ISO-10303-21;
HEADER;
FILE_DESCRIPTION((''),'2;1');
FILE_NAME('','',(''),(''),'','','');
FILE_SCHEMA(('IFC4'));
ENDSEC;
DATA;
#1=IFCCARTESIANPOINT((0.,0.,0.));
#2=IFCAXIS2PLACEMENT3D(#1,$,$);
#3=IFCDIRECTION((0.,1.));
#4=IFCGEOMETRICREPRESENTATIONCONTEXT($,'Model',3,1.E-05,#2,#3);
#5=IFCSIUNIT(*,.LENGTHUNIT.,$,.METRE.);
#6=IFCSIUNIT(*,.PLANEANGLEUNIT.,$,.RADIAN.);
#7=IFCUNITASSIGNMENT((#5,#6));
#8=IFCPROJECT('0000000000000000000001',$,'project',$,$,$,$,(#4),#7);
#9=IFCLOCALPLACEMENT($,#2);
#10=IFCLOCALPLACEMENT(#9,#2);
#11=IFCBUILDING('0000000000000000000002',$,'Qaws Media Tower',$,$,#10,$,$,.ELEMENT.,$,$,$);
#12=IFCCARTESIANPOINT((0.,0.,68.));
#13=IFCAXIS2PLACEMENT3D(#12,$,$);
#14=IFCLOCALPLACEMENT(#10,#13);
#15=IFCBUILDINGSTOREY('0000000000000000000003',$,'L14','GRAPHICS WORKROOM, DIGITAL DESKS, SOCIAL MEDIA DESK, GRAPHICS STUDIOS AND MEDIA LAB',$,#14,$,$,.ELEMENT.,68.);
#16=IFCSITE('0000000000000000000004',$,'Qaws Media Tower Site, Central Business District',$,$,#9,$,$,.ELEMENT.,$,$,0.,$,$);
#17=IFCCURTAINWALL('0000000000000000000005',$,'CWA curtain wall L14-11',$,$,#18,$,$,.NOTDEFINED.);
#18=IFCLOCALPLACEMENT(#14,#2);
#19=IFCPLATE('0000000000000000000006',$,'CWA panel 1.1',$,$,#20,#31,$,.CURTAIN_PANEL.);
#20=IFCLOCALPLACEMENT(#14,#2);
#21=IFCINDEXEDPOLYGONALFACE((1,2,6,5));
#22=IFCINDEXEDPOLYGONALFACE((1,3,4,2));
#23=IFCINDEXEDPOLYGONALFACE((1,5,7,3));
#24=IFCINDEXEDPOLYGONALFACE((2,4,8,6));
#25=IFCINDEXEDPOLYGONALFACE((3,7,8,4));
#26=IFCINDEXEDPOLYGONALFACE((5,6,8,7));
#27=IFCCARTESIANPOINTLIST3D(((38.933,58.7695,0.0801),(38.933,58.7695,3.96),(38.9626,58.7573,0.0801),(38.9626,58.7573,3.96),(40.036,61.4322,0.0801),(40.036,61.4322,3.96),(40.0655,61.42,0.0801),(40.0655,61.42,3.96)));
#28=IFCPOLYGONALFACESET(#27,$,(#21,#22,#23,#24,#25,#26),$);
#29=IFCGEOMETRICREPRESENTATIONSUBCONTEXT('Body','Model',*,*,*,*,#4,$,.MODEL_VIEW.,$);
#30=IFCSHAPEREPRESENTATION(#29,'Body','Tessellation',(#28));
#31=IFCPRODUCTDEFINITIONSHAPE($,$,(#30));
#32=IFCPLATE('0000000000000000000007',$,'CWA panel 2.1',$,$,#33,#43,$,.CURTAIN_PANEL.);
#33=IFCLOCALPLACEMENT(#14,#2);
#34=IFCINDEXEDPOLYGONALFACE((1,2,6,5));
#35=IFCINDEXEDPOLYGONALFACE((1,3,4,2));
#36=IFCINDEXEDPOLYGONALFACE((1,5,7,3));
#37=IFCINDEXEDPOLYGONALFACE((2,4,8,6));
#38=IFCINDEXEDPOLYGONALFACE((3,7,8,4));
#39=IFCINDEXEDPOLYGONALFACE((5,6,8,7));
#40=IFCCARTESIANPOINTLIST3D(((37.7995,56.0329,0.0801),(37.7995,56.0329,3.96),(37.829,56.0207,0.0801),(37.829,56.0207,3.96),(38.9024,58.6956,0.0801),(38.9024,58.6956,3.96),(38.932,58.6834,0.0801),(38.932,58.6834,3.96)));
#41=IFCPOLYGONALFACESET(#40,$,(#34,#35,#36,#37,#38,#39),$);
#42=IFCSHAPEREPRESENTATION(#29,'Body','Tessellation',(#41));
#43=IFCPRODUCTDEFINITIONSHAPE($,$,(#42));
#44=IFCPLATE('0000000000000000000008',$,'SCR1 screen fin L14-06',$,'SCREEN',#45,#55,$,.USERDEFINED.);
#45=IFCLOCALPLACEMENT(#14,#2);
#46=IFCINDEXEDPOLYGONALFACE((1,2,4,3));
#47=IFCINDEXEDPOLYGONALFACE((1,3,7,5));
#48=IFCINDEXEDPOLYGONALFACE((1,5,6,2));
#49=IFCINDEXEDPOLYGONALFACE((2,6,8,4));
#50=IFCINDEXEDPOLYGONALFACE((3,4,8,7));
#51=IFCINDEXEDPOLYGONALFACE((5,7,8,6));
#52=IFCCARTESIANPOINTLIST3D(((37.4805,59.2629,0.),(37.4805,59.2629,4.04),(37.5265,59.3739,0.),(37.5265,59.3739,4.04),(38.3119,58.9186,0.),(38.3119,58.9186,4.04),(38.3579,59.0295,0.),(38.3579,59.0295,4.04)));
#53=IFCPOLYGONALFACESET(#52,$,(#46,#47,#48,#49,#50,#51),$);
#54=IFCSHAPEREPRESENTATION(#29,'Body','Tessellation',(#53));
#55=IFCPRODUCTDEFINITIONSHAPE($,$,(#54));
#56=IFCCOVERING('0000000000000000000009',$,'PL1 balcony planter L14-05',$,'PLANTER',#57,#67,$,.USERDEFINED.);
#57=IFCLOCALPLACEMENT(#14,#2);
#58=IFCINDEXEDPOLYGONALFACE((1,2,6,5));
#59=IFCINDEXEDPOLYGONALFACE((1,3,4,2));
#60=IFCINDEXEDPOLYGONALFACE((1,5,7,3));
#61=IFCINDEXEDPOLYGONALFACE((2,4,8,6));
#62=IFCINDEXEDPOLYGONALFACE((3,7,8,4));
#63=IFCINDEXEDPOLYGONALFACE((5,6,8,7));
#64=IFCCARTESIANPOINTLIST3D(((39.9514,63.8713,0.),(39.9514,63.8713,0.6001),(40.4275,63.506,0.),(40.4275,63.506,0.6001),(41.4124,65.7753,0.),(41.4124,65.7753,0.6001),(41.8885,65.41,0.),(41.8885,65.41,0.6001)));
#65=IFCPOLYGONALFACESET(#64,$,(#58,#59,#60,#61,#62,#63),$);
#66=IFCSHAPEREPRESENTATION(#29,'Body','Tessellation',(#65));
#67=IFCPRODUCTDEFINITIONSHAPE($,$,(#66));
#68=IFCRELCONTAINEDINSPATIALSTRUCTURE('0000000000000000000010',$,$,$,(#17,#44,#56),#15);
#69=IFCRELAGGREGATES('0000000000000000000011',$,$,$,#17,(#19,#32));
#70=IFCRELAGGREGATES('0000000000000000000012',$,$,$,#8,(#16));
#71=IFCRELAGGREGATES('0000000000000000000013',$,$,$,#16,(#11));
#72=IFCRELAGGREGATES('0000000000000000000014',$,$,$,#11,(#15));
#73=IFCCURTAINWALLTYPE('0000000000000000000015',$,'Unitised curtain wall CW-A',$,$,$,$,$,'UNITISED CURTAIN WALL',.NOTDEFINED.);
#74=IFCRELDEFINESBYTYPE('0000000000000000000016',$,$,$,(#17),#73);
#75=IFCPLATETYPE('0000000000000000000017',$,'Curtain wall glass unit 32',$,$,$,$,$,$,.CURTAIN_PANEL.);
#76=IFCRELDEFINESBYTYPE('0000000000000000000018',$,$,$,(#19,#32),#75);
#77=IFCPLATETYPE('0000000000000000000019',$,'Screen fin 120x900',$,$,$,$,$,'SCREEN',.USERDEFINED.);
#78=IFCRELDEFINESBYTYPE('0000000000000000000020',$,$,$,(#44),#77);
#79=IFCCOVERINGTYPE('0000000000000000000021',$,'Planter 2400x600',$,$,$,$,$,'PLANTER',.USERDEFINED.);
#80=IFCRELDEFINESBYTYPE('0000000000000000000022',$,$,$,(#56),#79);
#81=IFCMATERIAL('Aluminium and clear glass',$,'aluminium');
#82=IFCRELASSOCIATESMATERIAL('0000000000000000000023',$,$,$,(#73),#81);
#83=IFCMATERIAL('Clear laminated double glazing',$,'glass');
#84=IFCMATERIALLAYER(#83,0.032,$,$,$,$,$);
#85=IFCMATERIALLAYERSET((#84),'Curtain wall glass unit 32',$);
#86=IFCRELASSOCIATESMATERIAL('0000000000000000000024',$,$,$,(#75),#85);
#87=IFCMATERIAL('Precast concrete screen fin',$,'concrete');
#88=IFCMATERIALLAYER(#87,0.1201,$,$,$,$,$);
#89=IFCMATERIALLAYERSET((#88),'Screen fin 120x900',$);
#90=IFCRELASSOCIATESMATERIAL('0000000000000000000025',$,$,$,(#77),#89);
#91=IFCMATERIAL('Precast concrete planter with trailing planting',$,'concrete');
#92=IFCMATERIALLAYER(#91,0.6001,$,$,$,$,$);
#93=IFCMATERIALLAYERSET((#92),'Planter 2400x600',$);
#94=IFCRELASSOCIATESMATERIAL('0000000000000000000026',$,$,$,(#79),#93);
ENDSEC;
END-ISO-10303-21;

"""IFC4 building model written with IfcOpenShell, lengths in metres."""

from ifc_helpers import new_model, si_unit, direction, frame, origin, origin_2d, place, context, subcontext, project, spatial, rectangle, extrude, material, layer, layer_set, type_object, element, aggregate, save


model = new_model("IFC4")

# Units and contexts
model_context = context("Model", 3, precision=1e-05, world=origin(), true_north=direction((0.0, 1.0)))
body_context = subcontext(model_context, "Body", "Model", "MODEL_VIEW")
ifc_project = project(units=[si_unit("LENGTHUNIT", "METRE"), si_unit("PLANEANGLEUNIT", "RADIAN")], contexts=[model_context])

# Site, building, storey
site_placement = place(None, origin())
site = spatial("IfcSite", under=ifc_project, at=site_placement, Name="Qaws Media Tower Site, Central Business District", CompositionType="ELEMENT", RefElevation=0.0)
building_placement = place(site_placement, origin())
building = spatial("IfcBuilding", under=site, at=building_placement, Name="Qaws Media Tower", CompositionType="ELEMENT")
storey_placement = place(building_placement, frame((0.0, 0.0, 68.0)))
storey = spatial("IfcBuildingStorey", under=building, at=storey_placement, Name="L14", Description="GRAPHICS WORKROOM, DIGITAL DESKS, SOCIAL MEDIA DESK, GRAPHICS STUDIOS AND MEDIA LAB", CompositionType="ELEMENT", Elevation=68.0)

# Shared definitions
ifc_material_1 = material(Name="Aluminium and clear glass", Category="aluminium")
curtain_wall_type = type_object("IfcCurtainWallType", Name="Unitised curtain wall CW-A", ElementType="UNITISED CURTAIN WALL", PredefinedType="NOTDEFINED", material=ifc_material_1)

# Curtain wall
curtain_wall_1_placement = place(storey_placement, origin())
curtain_wall_1 = element("IfcCurtainWall", 1, at=curtain_wall_1_placement, inside=storey, type_object=curtain_wall_type, Name="CWA curtain wall L14-11", PredefinedType="NOTDEFINED")

# Plates
ifc_material_2 = material(Name="Clear laminated double glazing", Category="glass")
ifc_layer_1 = layer(ifc_material_2, 0.032)
ifc_layer_set_1 = layer_set([ifc_layer_1], Name="Curtain wall glass unit 32")
plate_type_1 = type_object("IfcPlateType", Name="Curtain wall glass unit 32", PredefinedType="CURTAIN_PANEL", material=ifc_layer_set_1)
plate_1_placement = place(storey_placement, frame((39.4993, 60.0947, 0.0801), z_axis=(0.0, 0.0, 1.0), x_axis=(-0.382683, -0.92388, 0.0)))
plate_1 = element("IfcPlate", 2, at=plate_1_placement, type_object=plate_type_1, Name="CWA panel 1.1", PredefinedType="CURTAIN_PANEL", context=body_context, shape_type="SweptSolid", body=[
    extrude(rectangle(XDim=2.8821, YDim=0.032, at=origin_2d()), origin(), (0.0, 0.0, 1.0), 3.8799),
])
plate_2_placement = place(storey_placement, frame((38.3657, 57.3582, 0.0801), z_axis=(0.0, 0.0, 1.0), x_axis=(-0.382683, -0.92388, 0.0)))
plate_2 = element("IfcPlate", 3, at=plate_2_placement, type_object=plate_type_1, Name="CWA panel 2.1", PredefinedType="CURTAIN_PANEL", context=body_context, shape_type="SweptSolid", body=[
    extrude(rectangle(XDim=2.8821, YDim=0.032, at=origin_2d()), origin(), (0.0, 0.0, 1.0), 3.8799),
])
aggregate(curtain_wall_1, [plate_1, plate_2])
ifc_material_3 = material(Name="Precast concrete screen fin", Category="concrete")
ifc_layer_2 = layer(ifc_material_3, 0.1201)
ifc_layer_set_2 = layer_set([ifc_layer_2], Name="Screen fin 120x900")
plate_type_2 = type_object("IfcPlateType", Name="Screen fin 120x900", ElementType="SCREEN", PredefinedType="USERDEFINED", material=ifc_layer_set_2)
plate_3_placement = place(storey_placement, frame((37.9192, 59.1462, 0.0), z_axis=(0.0, 0.0, 1.0), x_axis=(-0.92388, 0.382683, 0.0)))
element("IfcPlate", 4, at=plate_3_placement, inside=storey, type_object=plate_type_2, Name="SCR1 screen fin L14-06", ObjectType="SCREEN", PredefinedType="USERDEFINED", context=body_context, shape_type="SweptSolid", body=[
    extrude(rectangle(XDim=0.8999, YDim=0.1201, at=origin_2d()), origin(), (0.0, 0.0, 1.0), 4.04),
])

# Covering
ifc_material_4 = material(Name="Precast concrete planter with trailing planting", Category="concrete")
ifc_layer_3 = layer(ifc_material_4, 0.6001)
ifc_layer_set_3 = layer_set([ifc_layer_3], Name="Planter 2400x600")
covering_type = type_object("IfcCoveringType", Name="Planter 2400x600", ElementType="PLANTER", PredefinedType="USERDEFINED", material=ifc_layer_set_3)
covering_placement = place(storey_placement, frame((40.9199, 64.6406, 0.0), z_axis=(0.0, 0.0, 1.0), x_axis=(-0.608761, -0.793353, 0.0)))
element("IfcCovering", 5, at=covering_placement, inside=storey, type_object=covering_type, Name="PL1 balcony planter L14-05", ObjectType="PLANTER", PredefinedType="USERDEFINED", context=body_context, shape_type="SweptSolid", body=[
    extrude(rectangle(XDim=2.3999, YDim=0.6001, at=origin_2d()), origin(), (0.0, 0.0, 1.0), 0.6001),
])

save(model, "model.ifc")
